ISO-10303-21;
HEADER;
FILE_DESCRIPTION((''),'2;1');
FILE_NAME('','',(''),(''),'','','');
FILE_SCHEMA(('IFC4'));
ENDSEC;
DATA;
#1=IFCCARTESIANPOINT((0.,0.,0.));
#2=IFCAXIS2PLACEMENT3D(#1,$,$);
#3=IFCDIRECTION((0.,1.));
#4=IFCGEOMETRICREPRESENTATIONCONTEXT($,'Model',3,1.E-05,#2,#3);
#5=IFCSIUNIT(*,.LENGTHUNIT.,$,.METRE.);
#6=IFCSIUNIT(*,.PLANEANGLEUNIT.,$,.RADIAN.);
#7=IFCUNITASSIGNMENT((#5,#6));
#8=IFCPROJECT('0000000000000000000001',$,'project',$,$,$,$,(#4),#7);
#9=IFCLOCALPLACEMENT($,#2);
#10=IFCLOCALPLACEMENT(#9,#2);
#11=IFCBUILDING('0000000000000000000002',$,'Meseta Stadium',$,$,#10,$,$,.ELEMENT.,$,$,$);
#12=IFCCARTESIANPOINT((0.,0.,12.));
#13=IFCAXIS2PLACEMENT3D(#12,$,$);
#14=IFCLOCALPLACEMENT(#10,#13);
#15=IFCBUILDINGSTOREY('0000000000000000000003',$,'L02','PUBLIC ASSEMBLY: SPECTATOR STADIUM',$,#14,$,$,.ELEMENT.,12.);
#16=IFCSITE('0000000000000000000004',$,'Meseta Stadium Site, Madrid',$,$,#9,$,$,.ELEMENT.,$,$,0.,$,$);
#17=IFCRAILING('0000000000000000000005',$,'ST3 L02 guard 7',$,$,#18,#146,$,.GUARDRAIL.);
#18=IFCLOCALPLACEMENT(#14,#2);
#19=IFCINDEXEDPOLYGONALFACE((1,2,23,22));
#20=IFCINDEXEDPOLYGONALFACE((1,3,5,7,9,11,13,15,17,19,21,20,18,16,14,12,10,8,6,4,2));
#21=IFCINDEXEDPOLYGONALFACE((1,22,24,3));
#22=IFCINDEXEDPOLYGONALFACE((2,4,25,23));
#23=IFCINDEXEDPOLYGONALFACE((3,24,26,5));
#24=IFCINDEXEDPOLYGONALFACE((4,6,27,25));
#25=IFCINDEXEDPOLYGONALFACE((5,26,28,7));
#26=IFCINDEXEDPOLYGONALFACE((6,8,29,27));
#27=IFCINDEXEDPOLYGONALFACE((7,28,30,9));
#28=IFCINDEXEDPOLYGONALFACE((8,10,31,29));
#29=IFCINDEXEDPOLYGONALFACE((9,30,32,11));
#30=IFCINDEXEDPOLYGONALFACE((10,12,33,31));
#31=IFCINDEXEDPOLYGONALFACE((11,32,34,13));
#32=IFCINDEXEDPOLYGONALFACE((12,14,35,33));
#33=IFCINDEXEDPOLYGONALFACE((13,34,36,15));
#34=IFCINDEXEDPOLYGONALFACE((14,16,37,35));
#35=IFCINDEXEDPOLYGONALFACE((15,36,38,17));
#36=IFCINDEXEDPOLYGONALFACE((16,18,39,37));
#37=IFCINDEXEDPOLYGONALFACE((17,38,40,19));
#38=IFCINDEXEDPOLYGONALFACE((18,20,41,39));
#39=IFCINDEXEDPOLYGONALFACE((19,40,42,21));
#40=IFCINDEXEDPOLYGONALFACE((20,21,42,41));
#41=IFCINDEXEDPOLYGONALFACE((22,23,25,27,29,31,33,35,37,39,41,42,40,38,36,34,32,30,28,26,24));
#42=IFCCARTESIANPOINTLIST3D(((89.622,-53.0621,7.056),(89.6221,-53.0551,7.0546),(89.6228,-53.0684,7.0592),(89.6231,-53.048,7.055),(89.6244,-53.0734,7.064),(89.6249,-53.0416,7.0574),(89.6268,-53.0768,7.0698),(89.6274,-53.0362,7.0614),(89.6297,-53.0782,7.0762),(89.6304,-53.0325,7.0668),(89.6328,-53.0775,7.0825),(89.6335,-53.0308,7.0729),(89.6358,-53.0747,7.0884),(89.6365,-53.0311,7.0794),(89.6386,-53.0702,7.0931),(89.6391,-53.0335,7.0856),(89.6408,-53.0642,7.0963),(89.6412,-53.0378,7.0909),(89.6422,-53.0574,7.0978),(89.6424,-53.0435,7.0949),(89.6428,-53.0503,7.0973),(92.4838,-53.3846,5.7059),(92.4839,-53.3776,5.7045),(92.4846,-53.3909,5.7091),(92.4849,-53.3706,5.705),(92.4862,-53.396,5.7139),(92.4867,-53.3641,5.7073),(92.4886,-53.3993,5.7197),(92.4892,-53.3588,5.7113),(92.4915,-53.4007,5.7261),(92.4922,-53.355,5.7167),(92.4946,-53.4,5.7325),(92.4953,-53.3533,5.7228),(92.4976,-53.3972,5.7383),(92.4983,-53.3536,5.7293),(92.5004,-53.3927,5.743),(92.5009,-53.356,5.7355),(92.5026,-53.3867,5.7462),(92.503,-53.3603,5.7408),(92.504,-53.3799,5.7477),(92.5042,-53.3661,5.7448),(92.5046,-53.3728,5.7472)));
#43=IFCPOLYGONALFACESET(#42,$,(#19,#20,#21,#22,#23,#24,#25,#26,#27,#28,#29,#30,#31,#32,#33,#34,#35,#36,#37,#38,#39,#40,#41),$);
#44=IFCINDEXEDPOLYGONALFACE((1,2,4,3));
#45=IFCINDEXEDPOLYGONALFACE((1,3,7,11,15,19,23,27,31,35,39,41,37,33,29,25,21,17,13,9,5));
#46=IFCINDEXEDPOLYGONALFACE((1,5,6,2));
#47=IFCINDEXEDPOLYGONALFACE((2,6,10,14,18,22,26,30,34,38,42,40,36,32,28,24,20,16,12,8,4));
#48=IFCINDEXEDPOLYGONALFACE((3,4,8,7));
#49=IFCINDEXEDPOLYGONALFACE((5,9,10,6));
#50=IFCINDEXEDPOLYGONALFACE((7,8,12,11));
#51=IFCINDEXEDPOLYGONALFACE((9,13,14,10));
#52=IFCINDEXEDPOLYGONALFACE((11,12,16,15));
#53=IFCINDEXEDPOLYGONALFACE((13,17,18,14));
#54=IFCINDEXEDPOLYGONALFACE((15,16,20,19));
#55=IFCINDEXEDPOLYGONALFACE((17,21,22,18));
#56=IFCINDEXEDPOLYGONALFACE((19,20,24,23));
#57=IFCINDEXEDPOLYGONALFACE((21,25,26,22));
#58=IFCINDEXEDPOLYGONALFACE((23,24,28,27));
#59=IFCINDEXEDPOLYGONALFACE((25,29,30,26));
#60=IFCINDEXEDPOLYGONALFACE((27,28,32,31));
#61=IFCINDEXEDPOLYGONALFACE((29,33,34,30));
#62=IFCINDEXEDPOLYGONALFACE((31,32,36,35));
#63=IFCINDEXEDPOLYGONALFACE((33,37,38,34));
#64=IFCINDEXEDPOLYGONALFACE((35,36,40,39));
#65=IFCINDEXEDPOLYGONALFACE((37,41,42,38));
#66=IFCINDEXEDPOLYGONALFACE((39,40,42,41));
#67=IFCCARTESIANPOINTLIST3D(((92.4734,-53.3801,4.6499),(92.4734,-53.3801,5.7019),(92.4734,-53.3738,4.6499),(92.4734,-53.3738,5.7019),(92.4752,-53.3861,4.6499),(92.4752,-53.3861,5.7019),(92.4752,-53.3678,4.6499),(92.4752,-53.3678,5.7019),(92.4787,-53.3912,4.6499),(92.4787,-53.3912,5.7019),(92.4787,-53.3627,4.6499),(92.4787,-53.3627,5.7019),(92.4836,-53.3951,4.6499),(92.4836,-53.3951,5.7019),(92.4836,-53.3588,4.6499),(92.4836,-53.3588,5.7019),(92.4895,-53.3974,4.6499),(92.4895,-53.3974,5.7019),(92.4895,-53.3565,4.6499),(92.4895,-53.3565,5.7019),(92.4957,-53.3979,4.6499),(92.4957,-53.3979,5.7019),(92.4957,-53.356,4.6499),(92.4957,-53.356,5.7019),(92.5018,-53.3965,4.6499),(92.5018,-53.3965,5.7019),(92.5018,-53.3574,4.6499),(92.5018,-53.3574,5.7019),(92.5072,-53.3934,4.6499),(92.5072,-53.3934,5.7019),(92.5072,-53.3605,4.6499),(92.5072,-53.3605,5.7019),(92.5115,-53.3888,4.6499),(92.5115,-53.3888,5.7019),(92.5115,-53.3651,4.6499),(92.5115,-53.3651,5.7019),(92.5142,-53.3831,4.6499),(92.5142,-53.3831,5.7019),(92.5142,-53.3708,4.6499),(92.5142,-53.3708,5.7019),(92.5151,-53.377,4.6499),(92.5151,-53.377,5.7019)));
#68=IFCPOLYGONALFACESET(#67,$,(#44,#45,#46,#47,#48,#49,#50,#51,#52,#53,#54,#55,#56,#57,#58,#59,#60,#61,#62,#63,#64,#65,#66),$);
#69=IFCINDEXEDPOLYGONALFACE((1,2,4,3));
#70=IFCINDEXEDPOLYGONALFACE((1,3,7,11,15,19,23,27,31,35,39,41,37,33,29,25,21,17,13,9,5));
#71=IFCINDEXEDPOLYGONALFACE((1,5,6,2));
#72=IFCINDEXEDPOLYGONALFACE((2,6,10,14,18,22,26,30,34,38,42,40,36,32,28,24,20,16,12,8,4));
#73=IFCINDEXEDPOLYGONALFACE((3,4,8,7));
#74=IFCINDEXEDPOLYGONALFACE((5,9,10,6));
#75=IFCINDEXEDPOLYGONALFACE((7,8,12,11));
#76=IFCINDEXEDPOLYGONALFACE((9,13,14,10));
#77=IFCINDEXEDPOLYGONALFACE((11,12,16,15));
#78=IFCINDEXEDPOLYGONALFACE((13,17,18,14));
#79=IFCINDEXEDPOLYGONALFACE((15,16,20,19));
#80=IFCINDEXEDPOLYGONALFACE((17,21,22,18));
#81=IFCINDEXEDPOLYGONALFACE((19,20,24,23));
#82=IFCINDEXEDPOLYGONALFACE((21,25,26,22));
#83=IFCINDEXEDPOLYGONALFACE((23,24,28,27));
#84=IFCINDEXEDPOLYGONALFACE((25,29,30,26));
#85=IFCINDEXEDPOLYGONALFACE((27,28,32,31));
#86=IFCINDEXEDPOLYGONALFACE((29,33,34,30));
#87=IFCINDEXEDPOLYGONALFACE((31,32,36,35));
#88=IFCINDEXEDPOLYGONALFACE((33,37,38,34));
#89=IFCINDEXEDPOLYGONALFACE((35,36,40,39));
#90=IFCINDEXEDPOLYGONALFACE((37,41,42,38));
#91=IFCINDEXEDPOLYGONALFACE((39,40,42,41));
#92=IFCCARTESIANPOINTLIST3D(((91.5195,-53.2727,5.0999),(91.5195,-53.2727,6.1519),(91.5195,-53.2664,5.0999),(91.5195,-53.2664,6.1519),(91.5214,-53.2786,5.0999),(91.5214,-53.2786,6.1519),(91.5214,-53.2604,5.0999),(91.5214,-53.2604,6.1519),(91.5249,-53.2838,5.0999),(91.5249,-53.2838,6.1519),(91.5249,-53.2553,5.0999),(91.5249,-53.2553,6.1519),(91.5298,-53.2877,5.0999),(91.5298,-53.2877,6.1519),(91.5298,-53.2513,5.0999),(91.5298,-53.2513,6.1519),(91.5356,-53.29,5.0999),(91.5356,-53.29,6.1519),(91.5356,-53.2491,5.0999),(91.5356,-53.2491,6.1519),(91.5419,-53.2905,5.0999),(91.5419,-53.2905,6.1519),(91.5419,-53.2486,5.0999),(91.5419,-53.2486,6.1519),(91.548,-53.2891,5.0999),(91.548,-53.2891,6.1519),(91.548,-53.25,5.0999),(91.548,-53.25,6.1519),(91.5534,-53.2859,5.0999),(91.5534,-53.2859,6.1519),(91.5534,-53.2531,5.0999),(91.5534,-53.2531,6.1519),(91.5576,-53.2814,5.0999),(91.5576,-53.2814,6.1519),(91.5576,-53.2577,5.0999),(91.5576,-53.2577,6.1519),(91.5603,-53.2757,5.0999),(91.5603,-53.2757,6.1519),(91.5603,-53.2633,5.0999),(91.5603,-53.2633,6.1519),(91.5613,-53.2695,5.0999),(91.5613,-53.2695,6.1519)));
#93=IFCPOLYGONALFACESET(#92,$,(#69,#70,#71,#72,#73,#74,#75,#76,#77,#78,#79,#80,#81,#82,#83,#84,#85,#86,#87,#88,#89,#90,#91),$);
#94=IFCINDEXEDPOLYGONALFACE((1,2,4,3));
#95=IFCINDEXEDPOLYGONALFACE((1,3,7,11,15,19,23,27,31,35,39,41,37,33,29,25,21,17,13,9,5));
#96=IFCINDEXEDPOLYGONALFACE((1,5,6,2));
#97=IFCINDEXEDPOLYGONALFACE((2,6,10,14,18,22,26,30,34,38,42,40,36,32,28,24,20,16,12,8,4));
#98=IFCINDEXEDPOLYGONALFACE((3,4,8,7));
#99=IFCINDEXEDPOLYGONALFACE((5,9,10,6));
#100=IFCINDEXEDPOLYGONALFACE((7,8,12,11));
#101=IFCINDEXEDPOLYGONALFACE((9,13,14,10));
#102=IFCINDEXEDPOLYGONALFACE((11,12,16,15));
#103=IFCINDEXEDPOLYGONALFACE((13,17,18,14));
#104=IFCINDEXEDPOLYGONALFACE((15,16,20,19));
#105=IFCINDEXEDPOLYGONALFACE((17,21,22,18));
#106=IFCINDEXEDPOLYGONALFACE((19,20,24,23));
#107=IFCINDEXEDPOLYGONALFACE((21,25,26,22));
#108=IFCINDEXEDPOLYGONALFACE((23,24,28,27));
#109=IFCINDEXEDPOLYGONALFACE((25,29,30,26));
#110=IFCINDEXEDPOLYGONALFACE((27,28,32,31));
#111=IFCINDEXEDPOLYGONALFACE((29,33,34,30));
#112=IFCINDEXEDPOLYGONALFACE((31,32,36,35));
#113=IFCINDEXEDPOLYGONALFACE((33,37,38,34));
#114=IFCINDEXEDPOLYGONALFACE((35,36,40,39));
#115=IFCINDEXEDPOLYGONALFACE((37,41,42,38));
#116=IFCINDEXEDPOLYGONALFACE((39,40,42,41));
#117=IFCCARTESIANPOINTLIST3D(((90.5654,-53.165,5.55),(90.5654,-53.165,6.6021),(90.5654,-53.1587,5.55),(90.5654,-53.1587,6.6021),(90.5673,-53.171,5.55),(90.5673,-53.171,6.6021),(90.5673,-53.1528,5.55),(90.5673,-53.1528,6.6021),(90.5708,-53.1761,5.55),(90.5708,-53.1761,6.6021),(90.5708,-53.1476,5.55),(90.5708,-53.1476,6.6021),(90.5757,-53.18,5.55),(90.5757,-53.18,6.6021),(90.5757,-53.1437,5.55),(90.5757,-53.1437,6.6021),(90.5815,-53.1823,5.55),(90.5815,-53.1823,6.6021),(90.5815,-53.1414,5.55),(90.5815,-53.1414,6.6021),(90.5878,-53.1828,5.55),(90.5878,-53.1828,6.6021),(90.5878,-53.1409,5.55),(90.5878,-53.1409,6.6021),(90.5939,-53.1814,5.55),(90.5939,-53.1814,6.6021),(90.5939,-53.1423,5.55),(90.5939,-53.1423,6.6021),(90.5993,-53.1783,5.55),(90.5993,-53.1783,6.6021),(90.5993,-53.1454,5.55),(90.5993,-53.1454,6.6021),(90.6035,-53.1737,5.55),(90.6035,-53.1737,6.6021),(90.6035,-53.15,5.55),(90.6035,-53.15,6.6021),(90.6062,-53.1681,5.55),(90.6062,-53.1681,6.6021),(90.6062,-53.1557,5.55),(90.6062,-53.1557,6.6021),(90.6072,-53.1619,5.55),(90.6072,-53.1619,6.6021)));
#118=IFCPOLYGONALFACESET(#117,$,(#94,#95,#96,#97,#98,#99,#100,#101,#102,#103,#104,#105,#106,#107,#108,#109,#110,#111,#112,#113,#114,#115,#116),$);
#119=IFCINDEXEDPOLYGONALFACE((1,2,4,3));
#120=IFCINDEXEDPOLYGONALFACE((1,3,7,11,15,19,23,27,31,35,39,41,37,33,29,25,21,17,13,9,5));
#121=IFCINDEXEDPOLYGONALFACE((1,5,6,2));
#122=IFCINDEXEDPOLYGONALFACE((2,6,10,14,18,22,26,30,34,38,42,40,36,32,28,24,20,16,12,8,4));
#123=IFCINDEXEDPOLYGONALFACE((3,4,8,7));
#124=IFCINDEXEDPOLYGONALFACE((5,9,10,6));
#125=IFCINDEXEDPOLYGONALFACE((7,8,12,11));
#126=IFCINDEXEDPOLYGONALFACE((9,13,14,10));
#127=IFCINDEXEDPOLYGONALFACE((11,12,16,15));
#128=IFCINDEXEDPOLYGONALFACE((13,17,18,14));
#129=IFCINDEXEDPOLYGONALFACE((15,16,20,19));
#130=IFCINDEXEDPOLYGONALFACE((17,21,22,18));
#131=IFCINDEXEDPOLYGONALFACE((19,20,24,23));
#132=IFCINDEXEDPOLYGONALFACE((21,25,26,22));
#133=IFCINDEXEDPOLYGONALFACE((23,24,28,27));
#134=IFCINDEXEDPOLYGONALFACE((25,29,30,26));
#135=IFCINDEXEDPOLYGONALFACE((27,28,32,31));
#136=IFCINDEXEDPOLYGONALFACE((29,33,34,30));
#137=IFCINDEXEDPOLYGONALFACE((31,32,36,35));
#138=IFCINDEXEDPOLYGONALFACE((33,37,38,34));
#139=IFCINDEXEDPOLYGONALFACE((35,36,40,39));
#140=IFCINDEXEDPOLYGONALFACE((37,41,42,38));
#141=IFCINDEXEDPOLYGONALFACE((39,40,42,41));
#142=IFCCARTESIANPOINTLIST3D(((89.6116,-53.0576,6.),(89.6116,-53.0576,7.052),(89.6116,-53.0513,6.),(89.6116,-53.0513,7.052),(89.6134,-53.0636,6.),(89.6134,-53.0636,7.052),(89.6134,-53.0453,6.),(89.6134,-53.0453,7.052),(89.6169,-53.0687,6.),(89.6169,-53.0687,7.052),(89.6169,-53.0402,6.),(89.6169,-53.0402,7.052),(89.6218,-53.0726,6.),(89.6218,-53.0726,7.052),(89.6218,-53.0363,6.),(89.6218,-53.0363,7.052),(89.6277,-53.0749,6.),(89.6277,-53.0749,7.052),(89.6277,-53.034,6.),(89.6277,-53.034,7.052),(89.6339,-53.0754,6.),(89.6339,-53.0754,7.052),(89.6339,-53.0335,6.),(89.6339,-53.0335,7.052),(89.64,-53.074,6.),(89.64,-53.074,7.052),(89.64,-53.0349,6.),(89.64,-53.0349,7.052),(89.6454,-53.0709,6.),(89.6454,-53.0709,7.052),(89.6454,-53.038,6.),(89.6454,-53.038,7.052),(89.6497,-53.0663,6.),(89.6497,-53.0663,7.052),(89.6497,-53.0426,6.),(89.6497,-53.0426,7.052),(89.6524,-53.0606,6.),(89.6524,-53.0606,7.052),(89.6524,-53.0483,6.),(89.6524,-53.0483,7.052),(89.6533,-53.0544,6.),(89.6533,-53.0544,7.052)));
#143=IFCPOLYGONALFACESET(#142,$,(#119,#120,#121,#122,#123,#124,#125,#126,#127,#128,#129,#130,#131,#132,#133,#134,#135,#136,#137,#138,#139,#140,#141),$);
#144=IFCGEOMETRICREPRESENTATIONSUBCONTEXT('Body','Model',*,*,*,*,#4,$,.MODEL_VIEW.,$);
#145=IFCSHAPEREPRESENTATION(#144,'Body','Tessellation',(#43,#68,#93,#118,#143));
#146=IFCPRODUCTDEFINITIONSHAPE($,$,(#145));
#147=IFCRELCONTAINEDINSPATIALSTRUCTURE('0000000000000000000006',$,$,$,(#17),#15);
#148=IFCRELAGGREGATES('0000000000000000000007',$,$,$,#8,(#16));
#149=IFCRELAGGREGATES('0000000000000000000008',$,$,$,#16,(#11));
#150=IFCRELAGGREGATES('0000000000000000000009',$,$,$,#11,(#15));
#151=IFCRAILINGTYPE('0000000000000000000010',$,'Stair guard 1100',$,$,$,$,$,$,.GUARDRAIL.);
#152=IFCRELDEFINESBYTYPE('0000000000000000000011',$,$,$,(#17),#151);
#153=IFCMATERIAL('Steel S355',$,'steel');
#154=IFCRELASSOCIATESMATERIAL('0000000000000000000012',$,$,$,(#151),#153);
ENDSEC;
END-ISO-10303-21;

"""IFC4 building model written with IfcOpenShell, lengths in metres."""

from ifc_helpers import new_model, si_unit, direction, frame, origin, origin_2d, place, context, subcontext, project, spatial, circle, extrude, material, type_object, element, save


model = new_model("IFC4")

# Units and contexts
model_context = context("Model", 3, precision=1e-05, world=origin(), true_north=direction((0.0, 1.0)))
body_context = subcontext(model_context, "Body", "Model", "MODEL_VIEW")
ifc_project = project(units=[si_unit("LENGTHUNIT", "METRE"), si_unit("PLANEANGLEUNIT", "RADIAN")], contexts=[model_context])

# Site, building, storey
site_placement = place(None, origin())
site = spatial("IfcSite", under=ifc_project, at=site_placement, Name="Meseta Stadium Site, Madrid", CompositionType="ELEMENT", RefElevation=0.0)
building_placement = place(site_placement, origin())
building = spatial("IfcBuilding", under=site, at=building_placement, Name="Meseta Stadium", CompositionType="ELEMENT")
storey_placement = place(building_placement, frame((0.0, 0.0, 12.0)))
storey = spatial("IfcBuildingStorey", under=building, at=storey_placement, Name="L02", Description="PUBLIC ASSEMBLY: SPECTATOR STADIUM", CompositionType="ELEMENT", Elevation=12.0)

# Railing
ifc_material_1 = material(Name="Steel S355", Category="steel")
railing_type_1 = type_object("IfcRailingType", Name="Stair guard 1100", PredefinedType="GUARDRAIL", material=ifc_material_1)
railing_1_placement = place(storey_placement, frame((92.4941, -53.377, 4.6499)))
element("IfcRailing", 1, at=railing_1_placement, inside=storey, type_object=railing_type_1, Name="ST3 L02 guard 7", PredefinedType="GUARDRAIL", context=body_context, shape_type="SweptSolid", body=[
    extrude(circle(Radius=0.0239, at=origin_2d()), frame((0.0, 0.0, 1.0762), z_axis=(-0.899748, 0.101396, 0.424467), x_axis=(-0.111985, -0.99371, 0.0)), (0.0, 0.0, 1.0), 3.1807),
    extrude(circle(Radius=0.021, at=origin_2d()), origin(), (0.0, 0.0, 1.0), 1.052),
    extrude(circle(Radius=0.021, at=origin_2d()), frame((-0.9539, 0.1074, 0.45)), (0.0, 0.0, 1.0), 1.052),
    extrude(circle(Radius=0.021, at=origin_2d()), frame((-1.908, 0.2151, 0.9001)), (0.0, 0.0, 1.0), 1.052),
    extrude(circle(Radius=0.021, at=origin_2d()), frame((-2.8618, 0.3225, 1.3501)), (0.0, 0.0, 1.0), 1.052),
])

save(model, "model.ifc")
